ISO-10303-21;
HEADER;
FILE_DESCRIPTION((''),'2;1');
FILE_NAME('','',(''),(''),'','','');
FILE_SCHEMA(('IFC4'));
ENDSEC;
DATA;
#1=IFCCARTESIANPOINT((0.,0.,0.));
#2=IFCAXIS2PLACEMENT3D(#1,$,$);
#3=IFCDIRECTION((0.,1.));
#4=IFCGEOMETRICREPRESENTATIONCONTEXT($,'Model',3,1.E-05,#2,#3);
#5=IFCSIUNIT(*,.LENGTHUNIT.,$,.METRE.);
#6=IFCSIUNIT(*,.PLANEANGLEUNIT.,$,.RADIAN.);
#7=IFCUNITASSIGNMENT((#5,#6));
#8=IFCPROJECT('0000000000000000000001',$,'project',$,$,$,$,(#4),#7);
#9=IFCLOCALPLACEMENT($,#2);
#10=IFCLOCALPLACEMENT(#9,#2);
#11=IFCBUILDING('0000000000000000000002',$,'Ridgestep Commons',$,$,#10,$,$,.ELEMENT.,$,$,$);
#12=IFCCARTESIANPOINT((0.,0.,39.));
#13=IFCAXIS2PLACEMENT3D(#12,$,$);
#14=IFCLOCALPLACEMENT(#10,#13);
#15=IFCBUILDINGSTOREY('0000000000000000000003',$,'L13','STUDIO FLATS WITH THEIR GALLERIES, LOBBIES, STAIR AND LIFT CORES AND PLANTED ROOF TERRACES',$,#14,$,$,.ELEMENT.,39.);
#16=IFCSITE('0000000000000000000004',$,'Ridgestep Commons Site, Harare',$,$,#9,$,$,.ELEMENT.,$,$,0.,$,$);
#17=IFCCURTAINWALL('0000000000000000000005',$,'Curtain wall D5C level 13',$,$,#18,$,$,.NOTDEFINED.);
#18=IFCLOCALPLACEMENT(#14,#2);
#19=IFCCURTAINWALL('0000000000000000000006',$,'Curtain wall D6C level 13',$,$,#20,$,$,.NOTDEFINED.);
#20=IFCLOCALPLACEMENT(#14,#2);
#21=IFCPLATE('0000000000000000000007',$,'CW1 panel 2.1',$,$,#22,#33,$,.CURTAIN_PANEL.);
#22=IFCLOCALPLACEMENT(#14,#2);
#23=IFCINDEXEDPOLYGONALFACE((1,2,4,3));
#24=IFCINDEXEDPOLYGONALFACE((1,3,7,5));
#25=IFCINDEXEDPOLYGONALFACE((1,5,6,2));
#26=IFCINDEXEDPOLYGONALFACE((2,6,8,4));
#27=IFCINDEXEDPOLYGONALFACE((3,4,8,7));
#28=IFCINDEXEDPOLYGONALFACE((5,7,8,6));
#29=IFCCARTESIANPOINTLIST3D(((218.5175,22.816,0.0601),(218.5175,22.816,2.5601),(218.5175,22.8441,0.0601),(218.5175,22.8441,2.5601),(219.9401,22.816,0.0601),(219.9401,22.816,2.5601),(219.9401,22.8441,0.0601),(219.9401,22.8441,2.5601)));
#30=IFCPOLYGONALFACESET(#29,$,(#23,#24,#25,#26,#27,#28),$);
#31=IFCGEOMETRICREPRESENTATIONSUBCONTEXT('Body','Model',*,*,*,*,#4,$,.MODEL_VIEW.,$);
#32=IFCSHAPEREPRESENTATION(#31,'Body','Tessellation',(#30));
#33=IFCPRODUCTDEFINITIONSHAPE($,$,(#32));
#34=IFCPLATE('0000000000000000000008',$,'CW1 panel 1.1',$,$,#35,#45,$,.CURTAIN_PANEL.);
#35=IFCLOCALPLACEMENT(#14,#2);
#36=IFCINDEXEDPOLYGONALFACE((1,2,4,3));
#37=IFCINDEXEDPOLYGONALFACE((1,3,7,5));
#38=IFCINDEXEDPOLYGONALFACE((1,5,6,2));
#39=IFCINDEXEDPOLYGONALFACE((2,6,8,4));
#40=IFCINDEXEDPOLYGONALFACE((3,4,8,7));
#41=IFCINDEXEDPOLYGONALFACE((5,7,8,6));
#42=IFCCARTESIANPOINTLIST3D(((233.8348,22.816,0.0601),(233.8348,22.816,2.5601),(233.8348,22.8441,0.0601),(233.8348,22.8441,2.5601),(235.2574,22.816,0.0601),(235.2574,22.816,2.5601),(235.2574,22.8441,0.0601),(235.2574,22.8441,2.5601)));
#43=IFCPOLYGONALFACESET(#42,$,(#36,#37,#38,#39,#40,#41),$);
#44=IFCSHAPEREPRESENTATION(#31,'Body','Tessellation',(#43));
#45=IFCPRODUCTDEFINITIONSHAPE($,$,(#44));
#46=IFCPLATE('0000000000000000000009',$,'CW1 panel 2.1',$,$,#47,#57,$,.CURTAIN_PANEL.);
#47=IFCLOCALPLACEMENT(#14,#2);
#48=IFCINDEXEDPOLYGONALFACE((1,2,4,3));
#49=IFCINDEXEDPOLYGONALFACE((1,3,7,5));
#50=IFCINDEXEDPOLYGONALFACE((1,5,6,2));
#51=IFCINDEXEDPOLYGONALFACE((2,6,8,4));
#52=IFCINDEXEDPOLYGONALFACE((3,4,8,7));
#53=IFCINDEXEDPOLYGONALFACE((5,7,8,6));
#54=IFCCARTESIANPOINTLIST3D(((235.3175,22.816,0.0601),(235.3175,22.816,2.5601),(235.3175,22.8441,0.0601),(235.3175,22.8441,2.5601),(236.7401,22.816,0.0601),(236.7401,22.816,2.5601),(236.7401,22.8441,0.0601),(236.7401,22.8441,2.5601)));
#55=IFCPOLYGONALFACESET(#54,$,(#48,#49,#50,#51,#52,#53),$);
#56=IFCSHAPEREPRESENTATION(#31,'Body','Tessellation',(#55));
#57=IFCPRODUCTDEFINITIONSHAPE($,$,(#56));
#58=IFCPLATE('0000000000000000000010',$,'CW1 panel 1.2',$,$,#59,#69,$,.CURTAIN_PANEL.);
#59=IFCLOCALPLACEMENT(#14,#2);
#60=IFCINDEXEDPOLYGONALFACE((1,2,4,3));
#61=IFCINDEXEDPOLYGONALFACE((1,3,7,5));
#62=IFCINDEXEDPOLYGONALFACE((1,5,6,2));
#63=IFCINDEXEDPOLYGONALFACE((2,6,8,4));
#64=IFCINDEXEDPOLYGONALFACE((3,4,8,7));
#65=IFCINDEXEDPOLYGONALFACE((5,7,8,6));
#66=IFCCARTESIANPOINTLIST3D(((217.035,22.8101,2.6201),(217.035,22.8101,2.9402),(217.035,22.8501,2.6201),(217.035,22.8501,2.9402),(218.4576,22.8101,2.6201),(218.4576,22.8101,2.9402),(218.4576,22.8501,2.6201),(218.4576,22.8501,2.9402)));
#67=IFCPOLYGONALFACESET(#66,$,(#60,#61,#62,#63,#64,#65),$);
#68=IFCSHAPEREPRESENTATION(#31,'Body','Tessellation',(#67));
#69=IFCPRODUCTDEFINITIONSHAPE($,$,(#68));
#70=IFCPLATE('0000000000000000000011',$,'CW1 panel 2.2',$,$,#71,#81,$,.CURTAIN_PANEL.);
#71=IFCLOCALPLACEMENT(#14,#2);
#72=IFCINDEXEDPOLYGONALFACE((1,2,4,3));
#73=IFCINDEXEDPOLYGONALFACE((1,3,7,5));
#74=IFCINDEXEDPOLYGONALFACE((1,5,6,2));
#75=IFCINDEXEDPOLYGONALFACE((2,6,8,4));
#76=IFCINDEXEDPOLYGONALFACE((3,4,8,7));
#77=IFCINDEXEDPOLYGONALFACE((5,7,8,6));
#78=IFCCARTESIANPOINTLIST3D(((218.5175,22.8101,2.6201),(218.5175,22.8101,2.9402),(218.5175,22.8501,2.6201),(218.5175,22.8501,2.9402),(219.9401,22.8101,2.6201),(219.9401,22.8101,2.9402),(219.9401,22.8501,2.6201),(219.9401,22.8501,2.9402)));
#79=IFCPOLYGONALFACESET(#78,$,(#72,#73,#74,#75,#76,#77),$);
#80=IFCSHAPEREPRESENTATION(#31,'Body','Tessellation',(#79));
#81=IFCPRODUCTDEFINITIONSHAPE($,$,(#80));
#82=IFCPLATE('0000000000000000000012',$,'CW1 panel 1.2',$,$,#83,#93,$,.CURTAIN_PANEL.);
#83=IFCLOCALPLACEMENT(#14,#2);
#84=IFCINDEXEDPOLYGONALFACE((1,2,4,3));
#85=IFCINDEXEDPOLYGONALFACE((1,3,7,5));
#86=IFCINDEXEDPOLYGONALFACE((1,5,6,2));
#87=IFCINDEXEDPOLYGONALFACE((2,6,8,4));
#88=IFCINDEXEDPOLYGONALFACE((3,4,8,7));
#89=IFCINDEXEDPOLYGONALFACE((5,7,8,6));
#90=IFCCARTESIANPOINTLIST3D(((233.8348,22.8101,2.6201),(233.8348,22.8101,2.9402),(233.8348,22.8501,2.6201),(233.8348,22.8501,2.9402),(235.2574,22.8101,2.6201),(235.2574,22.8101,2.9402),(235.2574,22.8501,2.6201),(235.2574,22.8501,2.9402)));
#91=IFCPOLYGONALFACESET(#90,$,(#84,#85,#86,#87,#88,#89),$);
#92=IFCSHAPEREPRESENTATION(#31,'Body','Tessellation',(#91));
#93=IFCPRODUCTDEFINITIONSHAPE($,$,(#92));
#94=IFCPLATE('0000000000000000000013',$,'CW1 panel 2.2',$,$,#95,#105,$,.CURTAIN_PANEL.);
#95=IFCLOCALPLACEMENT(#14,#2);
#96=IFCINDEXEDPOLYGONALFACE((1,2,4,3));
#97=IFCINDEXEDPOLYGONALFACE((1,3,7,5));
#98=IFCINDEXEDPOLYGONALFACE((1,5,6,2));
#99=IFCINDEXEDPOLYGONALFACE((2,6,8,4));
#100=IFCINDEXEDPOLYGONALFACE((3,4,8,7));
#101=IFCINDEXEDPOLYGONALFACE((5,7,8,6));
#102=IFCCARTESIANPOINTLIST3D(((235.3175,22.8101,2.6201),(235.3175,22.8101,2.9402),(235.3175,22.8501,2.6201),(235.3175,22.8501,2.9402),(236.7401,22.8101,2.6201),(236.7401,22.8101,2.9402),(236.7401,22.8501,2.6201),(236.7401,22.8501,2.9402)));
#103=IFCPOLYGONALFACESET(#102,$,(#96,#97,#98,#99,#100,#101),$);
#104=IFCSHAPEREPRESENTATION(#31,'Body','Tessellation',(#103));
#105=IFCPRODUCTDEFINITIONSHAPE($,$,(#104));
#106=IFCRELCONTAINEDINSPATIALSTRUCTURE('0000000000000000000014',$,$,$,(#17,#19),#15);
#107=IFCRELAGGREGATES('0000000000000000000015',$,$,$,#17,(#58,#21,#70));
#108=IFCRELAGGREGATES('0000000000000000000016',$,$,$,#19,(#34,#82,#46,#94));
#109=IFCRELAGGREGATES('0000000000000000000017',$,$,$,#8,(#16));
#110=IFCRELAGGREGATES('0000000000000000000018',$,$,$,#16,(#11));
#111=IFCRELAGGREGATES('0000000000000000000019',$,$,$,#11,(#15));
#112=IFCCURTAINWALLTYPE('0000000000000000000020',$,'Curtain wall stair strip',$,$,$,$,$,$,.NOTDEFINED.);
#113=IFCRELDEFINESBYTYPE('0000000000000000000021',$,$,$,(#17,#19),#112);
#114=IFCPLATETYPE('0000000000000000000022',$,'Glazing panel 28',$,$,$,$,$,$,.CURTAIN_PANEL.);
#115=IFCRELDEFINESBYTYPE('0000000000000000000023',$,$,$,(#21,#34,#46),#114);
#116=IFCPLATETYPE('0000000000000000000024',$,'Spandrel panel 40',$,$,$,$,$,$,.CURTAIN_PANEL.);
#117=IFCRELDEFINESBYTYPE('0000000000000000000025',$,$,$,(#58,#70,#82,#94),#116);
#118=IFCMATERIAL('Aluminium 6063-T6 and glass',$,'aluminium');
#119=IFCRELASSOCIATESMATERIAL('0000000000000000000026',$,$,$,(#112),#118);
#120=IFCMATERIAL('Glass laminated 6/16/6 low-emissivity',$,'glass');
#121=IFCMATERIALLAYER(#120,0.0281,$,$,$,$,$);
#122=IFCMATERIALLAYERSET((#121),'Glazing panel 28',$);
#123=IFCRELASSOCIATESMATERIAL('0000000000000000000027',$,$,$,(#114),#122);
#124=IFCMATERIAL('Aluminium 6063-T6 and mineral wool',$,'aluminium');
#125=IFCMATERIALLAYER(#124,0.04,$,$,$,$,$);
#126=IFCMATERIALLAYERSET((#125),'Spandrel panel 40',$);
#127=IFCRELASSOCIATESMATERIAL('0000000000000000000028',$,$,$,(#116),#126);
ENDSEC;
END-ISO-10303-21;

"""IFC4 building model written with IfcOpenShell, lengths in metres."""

from ifc_helpers import new_model, si_unit, direction, frame, origin, origin_2d, place, context, subcontext, project, spatial, rectangle, extrude, material, layer, layer_set, type_object, element, aggregate, save


model = new_model("IFC4")

# Units and contexts
model_context = context("Model", 3, precision=1e-05, world=origin(), true_north=direction((0.0, 1.0)))
body_context = subcontext(model_context, "Body", "Model", "MODEL_VIEW")
ifc_project = project(units=[si_unit("LENGTHUNIT", "METRE"), si_unit("PLANEANGLEUNIT", "RADIAN")], contexts=[model_context])

# Site, building, storey
site_placement = place(None, origin())
site = spatial("IfcSite", under=ifc_project, at=site_placement, Name="Ridgestep Commons Site, Harare", CompositionType="ELEMENT", RefElevation=0.0)
building_placement = place(site_placement, origin())
building = spatial("IfcBuilding", under=site, at=building_placement, Name="Ridgestep Commons", CompositionType="ELEMENT")
storey_placement = place(building_placement, frame((0.0, 0.0, 39.0)))
storey = spatial("IfcBuildingStorey", under=building, at=storey_placement, Name="L13", Description="STUDIO FLATS WITH THEIR GALLERIES, LOBBIES, STAIR AND LIFT CORES AND PLANTED ROOF TERRACES", CompositionType="ELEMENT", Elevation=39.0)

# Curtain walls
ifc_material_1 = material(Name="Aluminium 6063-T6 and glass", Category="aluminium")
curtain_wall_type = type_object("IfcCurtainWallType", Name="Curtain wall stair strip", PredefinedType="NOTDEFINED", material=ifc_material_1)
curtain_wall_1_placement = place(storey_placement, origin())
curtain_wall_1 = element("IfcCurtainWall", 1, at=curtain_wall_1_placement, inside=storey, type_object=curtain_wall_type, Name="Curtain wall D5C level 13", PredefinedType="NOTDEFINED")
curtain_wall_2_placement = place(storey_placement, origin())
curtain_wall_2 = element("IfcCurtainWall", 2, at=curtain_wall_2_placement, inside=storey, type_object=curtain_wall_type, Name="Curtain wall D6C level 13", PredefinedType="NOTDEFINED")

# Plates
ifc_material_2 = material(Name="Glass laminated 6/16/6 low-emissivity", Category="glass")
ifc_layer_1 = layer(ifc_material_2, 0.0281)
ifc_layer_set_1 = layer_set([ifc_layer_1], Name="Glazing panel 28")
plate_type_1 = type_object("IfcPlateType", Name="Glazing panel 28", PredefinedType="CURTAIN_PANEL", material=ifc_layer_set_1)
plate_1_placement = place(storey_placement, frame((219.2288, 22.8301, 0.0601), z_axis=(0.0, 0.0, 1.0), x_axis=(1.0, 0.0, 0.0)))
plate_1 = element("IfcPlate", 3, at=plate_1_placement, type_object=plate_type_1, Name="CW1 panel 2.1", PredefinedType="CURTAIN_PANEL", context=body_context, shape_type="SweptSolid", body=[
    extrude(rectangle(XDim=1.4226, YDim=0.0281, at=origin_2d()), origin(), (0.0, 0.0, 1.0), 2.5),
])
plate_2_placement = place(storey_placement, frame((234.5461, 22.8301, 0.0601), z_axis=(0.0, 0.0, 1.0), x_axis=(1.0, 0.0, 0.0)))
plate_2 = element("IfcPlate", 4, at=plate_2_placement, type_object=plate_type_1, Name="CW1 panel 1.1", PredefinedType="CURTAIN_PANEL", context=body_context, shape_type="SweptSolid", body=[
    extrude(rectangle(XDim=1.4226, YDim=0.0281, at=origin_2d()), origin(), (0.0, 0.0, 1.0), 2.5),
])
plate_3_placement = place(storey_placement, frame((236.0288, 22.8301, 0.0601), z_axis=(0.0, 0.0, 1.0), x_axis=(1.0, 0.0, 0.0)))
plate_3 = element("IfcPlate", 5, at=plate_3_placement, type_object=plate_type_1, Name="CW1 panel 2.1", PredefinedType="CURTAIN_PANEL", context=body_context, shape_type="SweptSolid", body=[
    extrude(rectangle(XDim=1.4226, YDim=0.0281, at=origin_2d()), origin(), (0.0, 0.0, 1.0), 2.5),
])
ifc_material_3 = material(Name="Aluminium 6063-T6 and mineral wool", Category="aluminium")
ifc_layer_2 = layer(ifc_material_3, 0.04)
ifc_layer_set_2 = layer_set([ifc_layer_2], Name="Spandrel panel 40")
plate_type_2 = type_object("IfcPlateType", Name="Spandrel panel 40", PredefinedType="CURTAIN_PANEL", material=ifc_layer_set_2)
plate_4_placement = place(storey_placement, frame((217.7463, 22.8301, 2.6201), z_axis=(0.0, 0.0, 1.0), x_axis=(1.0, 0.0, 0.0)))
plate_4 = element("IfcPlate", 6, at=plate_4_placement, type_object=plate_type_2, Name="CW1 panel 1.2", PredefinedType="CURTAIN_PANEL", context=body_context, shape_type="SweptSolid", body=[
    extrude(rectangle(XDim=1.4226, YDim=0.04, at=origin_2d()), origin(), (0.0, 0.0, 1.0), 0.3201),
])
plate_5_placement = place(storey_placement, frame((219.2288, 22.8301, 2.6201), z_axis=(0.0, 0.0, 1.0), x_axis=(1.0, 0.0, 0.0)))
plate_5 = element("IfcPlate", 7, at=plate_5_placement, type_object=plate_type_2, Name="CW1 panel 2.2", PredefinedType="CURTAIN_PANEL", context=body_context, shape_type="SweptSolid", body=[
    extrude(rectangle(XDim=1.4226, YDim=0.04, at=origin_2d()), origin(), (0.0, 0.0, 1.0), 0.3201),
])
aggregate(curtain_wall_1, [plate_4, plate_1, plate_5])
plate_6_placement = place(storey_placement, frame((234.5461, 22.8301, 2.6201), z_axis=(0.0, 0.0, 1.0), x_axis=(1.0, 0.0, 0.0)))
plate_6 = element("IfcPlate", 8, at=plate_6_placement, type_object=plate_type_2, Name="CW1 panel 1.2", PredefinedType="CURTAIN_PANEL", context=body_context, shape_type="SweptSolid", body=[
    extrude(rectangle(XDim=1.4226, YDim=0.04, at=origin_2d()), origin(), (0.0, 0.0, 1.0), 0.3201),
])
plate_7_placement = place(storey_placement, frame((236.0288, 22.8301, 2.6201), z_axis=(0.0, 0.0, 1.0), x_axis=(1.0, 0.0, 0.0)))
plate_7 = element("IfcPlate", 9, at=plate_7_placement, type_object=plate_type_2, Name="CW1 panel 2.2", PredefinedType="CURTAIN_PANEL", context=body_context, shape_type="SweptSolid", body=[
    extrude(rectangle(XDim=1.4226, YDim=0.04, at=origin_2d()), origin(), (0.0, 0.0, 1.0), 0.3201),
])
aggregate(curtain_wall_2, [plate_2, plate_6, plate_3, plate_7])

save(model, "model.ifc")
